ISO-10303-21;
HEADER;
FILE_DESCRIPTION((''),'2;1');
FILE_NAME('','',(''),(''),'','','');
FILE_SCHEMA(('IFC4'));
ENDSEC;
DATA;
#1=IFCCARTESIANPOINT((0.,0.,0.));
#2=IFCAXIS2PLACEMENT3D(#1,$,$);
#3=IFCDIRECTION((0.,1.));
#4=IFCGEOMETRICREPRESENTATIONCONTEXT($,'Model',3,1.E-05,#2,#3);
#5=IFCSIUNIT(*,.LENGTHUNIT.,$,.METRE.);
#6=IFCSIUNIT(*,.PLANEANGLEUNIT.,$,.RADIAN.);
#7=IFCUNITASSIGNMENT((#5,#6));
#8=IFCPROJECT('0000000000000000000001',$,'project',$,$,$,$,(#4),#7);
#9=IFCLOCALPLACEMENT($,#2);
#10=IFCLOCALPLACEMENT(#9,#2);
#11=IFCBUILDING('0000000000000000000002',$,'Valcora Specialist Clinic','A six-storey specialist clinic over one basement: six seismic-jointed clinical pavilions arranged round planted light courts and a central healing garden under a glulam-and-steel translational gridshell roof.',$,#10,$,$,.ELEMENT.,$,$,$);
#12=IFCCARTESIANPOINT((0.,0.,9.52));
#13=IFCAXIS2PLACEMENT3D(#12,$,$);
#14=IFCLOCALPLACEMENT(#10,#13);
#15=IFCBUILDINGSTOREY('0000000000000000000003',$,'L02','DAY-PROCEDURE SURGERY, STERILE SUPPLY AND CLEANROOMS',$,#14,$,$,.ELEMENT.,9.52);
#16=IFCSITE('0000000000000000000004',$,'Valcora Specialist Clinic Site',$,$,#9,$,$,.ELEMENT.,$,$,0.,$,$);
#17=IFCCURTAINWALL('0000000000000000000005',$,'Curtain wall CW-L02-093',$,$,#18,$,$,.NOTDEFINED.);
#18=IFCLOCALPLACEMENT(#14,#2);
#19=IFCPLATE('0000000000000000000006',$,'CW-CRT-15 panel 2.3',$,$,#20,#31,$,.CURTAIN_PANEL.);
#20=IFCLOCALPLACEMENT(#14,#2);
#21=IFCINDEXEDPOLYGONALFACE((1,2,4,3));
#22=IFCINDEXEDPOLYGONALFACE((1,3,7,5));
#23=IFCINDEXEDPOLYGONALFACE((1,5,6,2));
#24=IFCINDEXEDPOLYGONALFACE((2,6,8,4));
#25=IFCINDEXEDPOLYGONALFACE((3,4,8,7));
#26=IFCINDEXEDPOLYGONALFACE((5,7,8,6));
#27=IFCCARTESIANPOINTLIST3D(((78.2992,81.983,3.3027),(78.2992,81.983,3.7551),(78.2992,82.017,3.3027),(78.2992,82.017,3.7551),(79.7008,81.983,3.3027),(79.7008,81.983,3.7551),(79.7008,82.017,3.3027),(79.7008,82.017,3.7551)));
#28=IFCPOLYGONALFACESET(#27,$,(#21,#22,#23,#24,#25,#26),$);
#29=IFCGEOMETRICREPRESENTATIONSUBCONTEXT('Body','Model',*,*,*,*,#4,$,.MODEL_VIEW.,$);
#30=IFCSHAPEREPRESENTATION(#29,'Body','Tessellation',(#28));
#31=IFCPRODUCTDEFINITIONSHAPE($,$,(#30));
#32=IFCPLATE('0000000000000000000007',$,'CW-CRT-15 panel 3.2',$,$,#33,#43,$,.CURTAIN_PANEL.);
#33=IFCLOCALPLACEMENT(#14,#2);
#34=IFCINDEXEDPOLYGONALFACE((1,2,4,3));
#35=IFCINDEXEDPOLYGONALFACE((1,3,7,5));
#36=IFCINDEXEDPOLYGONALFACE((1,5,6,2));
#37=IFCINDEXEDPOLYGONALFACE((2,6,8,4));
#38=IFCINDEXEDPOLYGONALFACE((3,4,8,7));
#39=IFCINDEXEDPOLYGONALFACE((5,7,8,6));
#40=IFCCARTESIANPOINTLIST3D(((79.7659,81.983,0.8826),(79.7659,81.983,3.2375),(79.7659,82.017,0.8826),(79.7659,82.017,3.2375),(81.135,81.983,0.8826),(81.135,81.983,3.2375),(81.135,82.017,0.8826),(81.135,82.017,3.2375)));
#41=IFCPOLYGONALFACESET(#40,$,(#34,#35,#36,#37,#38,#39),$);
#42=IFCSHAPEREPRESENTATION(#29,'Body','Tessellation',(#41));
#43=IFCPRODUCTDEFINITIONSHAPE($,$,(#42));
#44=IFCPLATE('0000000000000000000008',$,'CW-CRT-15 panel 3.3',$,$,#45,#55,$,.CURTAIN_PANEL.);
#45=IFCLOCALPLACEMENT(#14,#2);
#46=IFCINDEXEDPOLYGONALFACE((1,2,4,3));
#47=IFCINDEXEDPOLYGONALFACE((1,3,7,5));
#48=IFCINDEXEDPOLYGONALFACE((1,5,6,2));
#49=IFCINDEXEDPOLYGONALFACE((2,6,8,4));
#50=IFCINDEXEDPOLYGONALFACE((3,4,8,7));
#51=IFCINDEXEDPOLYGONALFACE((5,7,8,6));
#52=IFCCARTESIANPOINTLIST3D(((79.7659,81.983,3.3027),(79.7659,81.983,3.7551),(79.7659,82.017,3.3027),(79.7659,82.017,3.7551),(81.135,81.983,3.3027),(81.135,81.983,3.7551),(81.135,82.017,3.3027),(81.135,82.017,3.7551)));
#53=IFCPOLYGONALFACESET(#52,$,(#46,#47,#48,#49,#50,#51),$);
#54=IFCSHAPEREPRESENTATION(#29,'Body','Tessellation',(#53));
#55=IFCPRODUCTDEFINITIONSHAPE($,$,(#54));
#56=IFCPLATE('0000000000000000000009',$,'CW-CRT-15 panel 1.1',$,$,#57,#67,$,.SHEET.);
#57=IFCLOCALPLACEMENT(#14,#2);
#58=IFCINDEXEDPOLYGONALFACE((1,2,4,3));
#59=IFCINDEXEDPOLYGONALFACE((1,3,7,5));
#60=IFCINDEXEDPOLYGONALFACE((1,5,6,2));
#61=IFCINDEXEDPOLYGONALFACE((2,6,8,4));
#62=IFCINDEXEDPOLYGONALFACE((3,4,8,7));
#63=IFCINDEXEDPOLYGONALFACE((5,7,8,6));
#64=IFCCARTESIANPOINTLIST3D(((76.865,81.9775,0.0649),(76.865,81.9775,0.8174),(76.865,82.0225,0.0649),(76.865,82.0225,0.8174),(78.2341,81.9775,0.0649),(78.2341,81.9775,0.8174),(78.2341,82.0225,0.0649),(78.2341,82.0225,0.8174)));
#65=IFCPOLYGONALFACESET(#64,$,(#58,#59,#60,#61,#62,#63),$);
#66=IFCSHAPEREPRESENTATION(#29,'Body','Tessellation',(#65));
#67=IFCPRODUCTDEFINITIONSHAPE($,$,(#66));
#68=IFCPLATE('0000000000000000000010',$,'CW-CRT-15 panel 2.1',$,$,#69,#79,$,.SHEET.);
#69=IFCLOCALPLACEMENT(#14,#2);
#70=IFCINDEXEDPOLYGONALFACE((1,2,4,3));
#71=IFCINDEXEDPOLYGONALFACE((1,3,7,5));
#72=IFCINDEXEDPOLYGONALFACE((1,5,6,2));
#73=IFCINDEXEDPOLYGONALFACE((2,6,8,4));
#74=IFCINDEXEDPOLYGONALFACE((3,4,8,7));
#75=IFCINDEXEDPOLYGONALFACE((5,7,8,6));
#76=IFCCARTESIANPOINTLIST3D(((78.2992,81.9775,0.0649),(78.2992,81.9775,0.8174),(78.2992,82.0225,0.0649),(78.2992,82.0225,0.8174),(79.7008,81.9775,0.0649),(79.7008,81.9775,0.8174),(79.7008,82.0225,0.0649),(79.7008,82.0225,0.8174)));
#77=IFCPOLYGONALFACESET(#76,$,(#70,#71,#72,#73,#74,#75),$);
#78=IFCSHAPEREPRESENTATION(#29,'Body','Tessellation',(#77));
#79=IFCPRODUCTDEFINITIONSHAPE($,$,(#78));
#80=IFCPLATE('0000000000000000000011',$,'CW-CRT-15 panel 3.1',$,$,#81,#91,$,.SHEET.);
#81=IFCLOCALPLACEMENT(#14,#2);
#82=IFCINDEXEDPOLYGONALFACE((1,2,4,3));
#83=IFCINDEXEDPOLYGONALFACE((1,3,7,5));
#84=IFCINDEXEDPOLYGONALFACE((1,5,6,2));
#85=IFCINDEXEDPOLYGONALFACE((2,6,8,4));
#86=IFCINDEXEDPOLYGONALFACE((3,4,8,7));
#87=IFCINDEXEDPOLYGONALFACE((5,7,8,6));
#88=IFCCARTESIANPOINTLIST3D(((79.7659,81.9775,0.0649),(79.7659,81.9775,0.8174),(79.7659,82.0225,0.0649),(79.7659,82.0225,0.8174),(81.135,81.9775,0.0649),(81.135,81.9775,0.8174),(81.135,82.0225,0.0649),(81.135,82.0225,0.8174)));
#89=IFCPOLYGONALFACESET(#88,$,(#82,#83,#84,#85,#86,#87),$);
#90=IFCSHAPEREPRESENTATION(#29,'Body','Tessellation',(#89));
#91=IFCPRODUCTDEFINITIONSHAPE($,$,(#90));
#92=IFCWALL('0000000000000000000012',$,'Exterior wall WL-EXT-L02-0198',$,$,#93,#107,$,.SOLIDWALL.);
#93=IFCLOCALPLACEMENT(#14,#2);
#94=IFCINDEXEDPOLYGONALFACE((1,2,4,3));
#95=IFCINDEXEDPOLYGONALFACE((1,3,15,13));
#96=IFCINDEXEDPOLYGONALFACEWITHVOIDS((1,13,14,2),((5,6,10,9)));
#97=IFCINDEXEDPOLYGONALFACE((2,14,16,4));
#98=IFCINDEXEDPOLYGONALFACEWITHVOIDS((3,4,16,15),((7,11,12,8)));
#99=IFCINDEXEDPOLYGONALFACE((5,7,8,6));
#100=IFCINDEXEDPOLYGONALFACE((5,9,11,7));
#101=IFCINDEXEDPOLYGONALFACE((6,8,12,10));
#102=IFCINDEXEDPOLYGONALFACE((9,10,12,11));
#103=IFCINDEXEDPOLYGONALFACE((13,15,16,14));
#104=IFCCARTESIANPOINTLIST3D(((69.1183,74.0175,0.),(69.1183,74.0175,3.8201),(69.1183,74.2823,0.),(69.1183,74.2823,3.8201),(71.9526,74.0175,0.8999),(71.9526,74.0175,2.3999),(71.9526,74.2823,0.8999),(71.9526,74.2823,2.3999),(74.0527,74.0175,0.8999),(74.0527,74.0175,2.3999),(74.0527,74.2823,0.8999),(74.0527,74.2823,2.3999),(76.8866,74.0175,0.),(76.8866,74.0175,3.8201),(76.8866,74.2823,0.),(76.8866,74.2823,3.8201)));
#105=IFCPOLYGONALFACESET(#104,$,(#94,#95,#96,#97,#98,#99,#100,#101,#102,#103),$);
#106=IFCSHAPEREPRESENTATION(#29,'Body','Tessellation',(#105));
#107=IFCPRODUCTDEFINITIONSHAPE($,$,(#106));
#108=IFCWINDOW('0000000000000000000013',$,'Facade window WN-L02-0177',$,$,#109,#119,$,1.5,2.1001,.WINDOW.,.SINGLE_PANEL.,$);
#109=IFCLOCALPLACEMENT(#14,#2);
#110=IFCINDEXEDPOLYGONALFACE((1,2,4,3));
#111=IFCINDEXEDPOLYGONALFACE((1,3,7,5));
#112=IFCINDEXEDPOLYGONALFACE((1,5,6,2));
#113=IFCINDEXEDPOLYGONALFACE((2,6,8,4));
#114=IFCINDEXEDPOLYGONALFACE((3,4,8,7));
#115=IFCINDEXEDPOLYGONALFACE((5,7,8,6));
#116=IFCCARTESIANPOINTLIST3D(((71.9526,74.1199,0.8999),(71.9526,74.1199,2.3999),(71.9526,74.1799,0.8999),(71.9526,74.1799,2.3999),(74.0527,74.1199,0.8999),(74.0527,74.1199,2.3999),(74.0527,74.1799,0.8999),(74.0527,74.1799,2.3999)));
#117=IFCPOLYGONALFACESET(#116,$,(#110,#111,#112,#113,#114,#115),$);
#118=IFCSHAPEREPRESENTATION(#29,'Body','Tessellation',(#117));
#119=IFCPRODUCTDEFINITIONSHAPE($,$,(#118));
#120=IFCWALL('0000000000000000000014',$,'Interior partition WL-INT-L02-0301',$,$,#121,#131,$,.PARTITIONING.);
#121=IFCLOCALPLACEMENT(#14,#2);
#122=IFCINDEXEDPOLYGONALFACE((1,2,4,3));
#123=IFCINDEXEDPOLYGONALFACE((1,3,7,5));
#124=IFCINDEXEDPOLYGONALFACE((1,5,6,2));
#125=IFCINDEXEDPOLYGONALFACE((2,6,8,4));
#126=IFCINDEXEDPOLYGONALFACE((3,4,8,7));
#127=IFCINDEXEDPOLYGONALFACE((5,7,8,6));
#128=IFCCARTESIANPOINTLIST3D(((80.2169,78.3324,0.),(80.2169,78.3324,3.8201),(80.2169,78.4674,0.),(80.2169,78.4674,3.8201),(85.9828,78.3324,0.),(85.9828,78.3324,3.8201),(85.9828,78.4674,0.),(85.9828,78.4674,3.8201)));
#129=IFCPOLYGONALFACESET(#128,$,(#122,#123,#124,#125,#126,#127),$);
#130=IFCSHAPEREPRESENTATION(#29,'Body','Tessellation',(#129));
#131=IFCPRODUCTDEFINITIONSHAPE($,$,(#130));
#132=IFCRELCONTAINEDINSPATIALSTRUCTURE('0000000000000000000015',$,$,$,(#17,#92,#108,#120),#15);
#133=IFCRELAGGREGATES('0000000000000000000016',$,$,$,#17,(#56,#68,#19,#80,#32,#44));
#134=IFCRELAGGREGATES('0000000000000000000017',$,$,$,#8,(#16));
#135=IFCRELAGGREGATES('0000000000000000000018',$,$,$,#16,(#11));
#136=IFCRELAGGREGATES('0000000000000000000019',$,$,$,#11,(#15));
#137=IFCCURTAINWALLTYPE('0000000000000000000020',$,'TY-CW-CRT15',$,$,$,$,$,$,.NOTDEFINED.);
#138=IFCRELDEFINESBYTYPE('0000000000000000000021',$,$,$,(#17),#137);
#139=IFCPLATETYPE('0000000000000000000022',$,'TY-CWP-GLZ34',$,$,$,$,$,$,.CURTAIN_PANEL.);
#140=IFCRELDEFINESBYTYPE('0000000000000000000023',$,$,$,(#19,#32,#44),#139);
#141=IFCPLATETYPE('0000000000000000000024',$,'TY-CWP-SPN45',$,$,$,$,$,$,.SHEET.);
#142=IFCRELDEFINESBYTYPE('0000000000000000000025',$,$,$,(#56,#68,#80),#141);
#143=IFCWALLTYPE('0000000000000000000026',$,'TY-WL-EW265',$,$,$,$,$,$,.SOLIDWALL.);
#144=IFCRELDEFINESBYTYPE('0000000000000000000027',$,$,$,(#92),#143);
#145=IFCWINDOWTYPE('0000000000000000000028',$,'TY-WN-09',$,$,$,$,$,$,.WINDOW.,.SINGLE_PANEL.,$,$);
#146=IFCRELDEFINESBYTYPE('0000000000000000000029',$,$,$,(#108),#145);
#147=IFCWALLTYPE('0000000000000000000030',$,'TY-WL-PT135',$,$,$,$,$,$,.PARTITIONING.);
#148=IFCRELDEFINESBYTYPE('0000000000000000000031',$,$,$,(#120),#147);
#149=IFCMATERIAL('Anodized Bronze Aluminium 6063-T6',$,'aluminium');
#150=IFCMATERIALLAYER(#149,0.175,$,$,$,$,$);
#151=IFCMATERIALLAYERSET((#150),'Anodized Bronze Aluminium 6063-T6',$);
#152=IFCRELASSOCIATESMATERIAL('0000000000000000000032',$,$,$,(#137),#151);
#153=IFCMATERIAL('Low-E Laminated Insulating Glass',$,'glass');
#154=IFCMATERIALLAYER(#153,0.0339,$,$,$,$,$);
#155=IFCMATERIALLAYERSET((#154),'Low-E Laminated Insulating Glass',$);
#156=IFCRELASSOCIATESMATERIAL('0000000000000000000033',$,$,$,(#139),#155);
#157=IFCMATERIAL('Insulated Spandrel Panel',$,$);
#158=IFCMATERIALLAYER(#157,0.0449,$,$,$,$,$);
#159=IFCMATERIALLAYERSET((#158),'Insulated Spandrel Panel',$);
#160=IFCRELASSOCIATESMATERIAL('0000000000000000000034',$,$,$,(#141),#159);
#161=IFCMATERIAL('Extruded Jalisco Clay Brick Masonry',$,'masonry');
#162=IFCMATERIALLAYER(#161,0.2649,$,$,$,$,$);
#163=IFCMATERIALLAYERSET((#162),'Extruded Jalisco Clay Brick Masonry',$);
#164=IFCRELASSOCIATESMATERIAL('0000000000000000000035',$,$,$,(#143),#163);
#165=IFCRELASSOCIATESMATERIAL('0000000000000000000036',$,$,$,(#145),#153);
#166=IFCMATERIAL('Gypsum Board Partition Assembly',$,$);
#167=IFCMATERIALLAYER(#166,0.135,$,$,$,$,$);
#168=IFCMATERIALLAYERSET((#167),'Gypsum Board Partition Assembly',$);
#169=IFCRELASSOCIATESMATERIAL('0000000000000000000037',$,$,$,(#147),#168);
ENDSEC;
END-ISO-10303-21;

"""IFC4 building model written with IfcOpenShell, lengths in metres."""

from ifc_helpers import new_model, si_unit, direction, frame, frame_2d, origin, origin_2d, place, context, subcontext, project, spatial, rectangle, extrude, material, layer, layer_set, type_object, element, fill, aggregate, save


model = new_model("IFC4")

# Units and contexts
model_context = context("Model", 3, precision=1e-05, world=origin(), true_north=direction((0.0, 1.0)))
body_context = subcontext(model_context, "Body", "Model", "MODEL_VIEW")
ifc_project = project(units=[si_unit("LENGTHUNIT", "METRE"), si_unit("PLANEANGLEUNIT", "RADIAN")], contexts=[model_context])

# Site, building, storey
site_placement = place(None, origin())
site = spatial("IfcSite", under=ifc_project, at=site_placement, Name="Valcora Specialist Clinic Site", CompositionType="ELEMENT", RefElevation=0.0)
building_placement = place(site_placement, origin())
building = spatial("IfcBuilding", under=site, at=building_placement, Name="Valcora Specialist Clinic", Description="A six-storey specialist clinic over one basement: six seismic-jointed clinical pavilions arranged round planted light courts and a central healing garden under a glulam-and-steel translational gridshell roof.", CompositionType="ELEMENT")
storey_placement = place(building_placement, frame((0.0, 0.0, 9.52)))
storey = spatial("IfcBuildingStorey", under=building, at=storey_placement, Name="L02", Description="DAY-PROCEDURE SURGERY, STERILE SUPPLY AND CLEANROOMS", CompositionType="ELEMENT", Elevation=9.52)

# Curtain wall
ifc_material_1 = material(Name="Anodized Bronze Aluminium 6063-T6", Category="aluminium")
ifc_layer_1 = layer(ifc_material_1, 0.175)
ifc_layer_set_1 = layer_set([ifc_layer_1], Name="Anodized Bronze Aluminium 6063-T6")
curtain_wall_type = type_object("IfcCurtainWallType", Name="TY-CW-CRT15", PredefinedType="NOTDEFINED", material=ifc_layer_set_1)
curtain_wall_1_placement = place(storey_placement, origin())
curtain_wall_1 = element("IfcCurtainWall", 1, at=curtain_wall_1_placement, inside=storey, type_object=curtain_wall_type, Name="Curtain wall CW-L02-093", PredefinedType="NOTDEFINED")

# Plates
ifc_material_2 = material(Name="Low-E Laminated Insulating Glass", Category="glass")
ifc_layer_2 = layer(ifc_material_2, 0.0339)
ifc_layer_set_2 = layer_set([ifc_layer_2], Name="Low-E Laminated Insulating Glass")
plate_type_1 = type_object("IfcPlateType", Name="TY-CWP-GLZ34", PredefinedType="CURTAIN_PANEL", material=ifc_layer_set_2)
plate_1_placement = place(storey_placement, frame((79.0, 82.0, 3.3027), z_axis=(0.0, 0.0, 1.0), x_axis=(1.0, 0.0, 0.0)))
plate_1 = element("IfcPlate", 2, at=plate_1_placement, type_object=plate_type_1, Name="CW-CRT-15 panel 2.3", PredefinedType="CURTAIN_PANEL", context=body_context, shape_type="SweptSolid", body=[
    extrude(rectangle(XDim=1.4016, YDim=0.0339, at=origin_2d()), origin(), (0.0, 0.0, 1.0), 0.4524),
])
plate_2_placement = place(storey_placement, frame((80.4504, 82.0, 0.8826), z_axis=(0.0, 0.0, 1.0), x_axis=(1.0, 0.0, 0.0)))
plate_2 = element("IfcPlate", 3, at=plate_2_placement, type_object=plate_type_1, Name="CW-CRT-15 panel 3.2", PredefinedType="CURTAIN_PANEL", context=body_context, shape_type="SweptSolid", body=[
    extrude(rectangle(XDim=1.3691, YDim=0.0339, at=origin_2d()), origin(), (0.0, 0.0, 1.0), 2.355),
])
plate_3_placement = place(storey_placement, frame((80.4504, 82.0, 3.3027), z_axis=(0.0, 0.0, 1.0), x_axis=(1.0, 0.0, 0.0)))
plate_3 = element("IfcPlate", 4, at=plate_3_placement, type_object=plate_type_1, Name="CW-CRT-15 panel 3.3", PredefinedType="CURTAIN_PANEL", context=body_context, shape_type="SweptSolid", body=[
    extrude(rectangle(XDim=1.3691, YDim=0.0339, at=origin_2d()), origin(), (0.0, 0.0, 1.0), 0.4524),
])
ifc_material_3 = material(Name="Insulated Spandrel Panel")
ifc_layer_3 = layer(ifc_material_3, 0.0449)
ifc_layer_set_3 = layer_set([ifc_layer_3], Name="Insulated Spandrel Panel")
plate_type_2 = type_object("IfcPlateType", Name="TY-CWP-SPN45", PredefinedType="SHEET", material=ifc_layer_set_3)
plate_4_placement = place(storey_placement, frame((77.5496, 82.0, 0.0649), z_axis=(0.0, 0.0, 1.0), x_axis=(1.0, 0.0, 0.0)))
plate_4 = element("IfcPlate", 5, at=plate_4_placement, type_object=plate_type_2, Name="CW-CRT-15 panel 1.1", PredefinedType="SHEET", context=body_context, shape_type="SweptSolid", body=[
    extrude(rectangle(XDim=1.3691, YDim=0.0449, at=origin_2d()), origin(), (0.0, 0.0, 1.0), 0.7524),
])
plate_5_placement = place(storey_placement, frame((79.0, 82.0, 0.0649), z_axis=(0.0, 0.0, 1.0), x_axis=(1.0, 0.0, 0.0)))
plate_5 = element("IfcPlate", 6, at=plate_5_placement, type_object=plate_type_2, Name="CW-CRT-15 panel 2.1", PredefinedType="SHEET", context=body_context, shape_type="SweptSolid", body=[
    extrude(rectangle(XDim=1.4016, YDim=0.0449, at=origin_2d()), origin(), (0.0, 0.0, 1.0), 0.7524),
])
plate_6_placement = place(storey_placement, frame((80.4504, 82.0, 0.0649), z_axis=(0.0, 0.0, 1.0), x_axis=(1.0, 0.0, 0.0)))
plate_6 = element("IfcPlate", 7, at=plate_6_placement, type_object=plate_type_2, Name="CW-CRT-15 panel 3.1", PredefinedType="SHEET", context=body_context, shape_type="SweptSolid", body=[
    extrude(rectangle(XDim=1.3691, YDim=0.0449, at=origin_2d()), origin(), (0.0, 0.0, 1.0), 0.7524),
])
aggregate(curtain_wall_1, [plate_4, plate_5, plate_1, plate_6, plate_2, plate_3])

# Wall, opening, window
ifc_material_4 = material(Name="Extruded Jalisco Clay Brick Masonry", Category="masonry")
ifc_layer_4 = layer(ifc_material_4, 0.2649)
ifc_layer_set_4 = layer_set([ifc_layer_4], Name="Extruded Jalisco Clay Brick Masonry")
wall_type_1 = type_object("IfcWallType", Name="TY-WL-EW265", PredefinedType="SOLIDWALL", material=ifc_layer_set_4)
wall_1_placement = place(storey_placement, frame((76.8867, 74.1499, 0.0), z_axis=(0.0, 0.0, 1.0), x_axis=(-1.0, 0.0, 0.0)))
wall_1 = element("IfcWall", 8, at=wall_1_placement, inside=storey, type_object=wall_type_1, Name="Exterior wall WL-EXT-L02-0198", PredefinedType="SOLIDWALL", context=body_context, shape_type="SweptSolid", body=[
    extrude(rectangle(XDim=7.7683, YDim=0.2649, at=frame_2d((3.8843, 0.0))), origin(), (0.0, 0.0, 1.0), 3.8201),
])
opening_placement = place(wall_1_placement, frame((2.834, 0.0, 0.8999)))
opening = element("IfcOpeningElement", 9, at=opening_placement, cuts=wall_1, PredefinedType="OPENING", context=body_context, shape_type="SweptSolid", body=[
    extrude(rectangle(XDim=2.1001, YDim=1.5, at=frame_2d((1.05, 0.75))), frame((0.0, 0.1423, 0.0), z_axis=(0.0, -1.0, 0.0), x_axis=(1.0, 0.0, 0.0)), (0.0, 0.0, 1.0), 0.2849),
])
window_type = type_object("IfcWindowType", Name="TY-WN-09", PartitioningType="SINGLE_PANEL", PredefinedType="WINDOW", material=ifc_material_2)
window_placement = place(opening_placement, origin())
window = element("IfcWindow", 10, at=window_placement, inside=storey, type_object=window_type, Name="Facade window WN-L02-0177", OverallHeight=1.5, OverallWidth=2.1001, PartitioningType="SINGLE_PANEL", PredefinedType="WINDOW", context=body_context, shape_type="SweptSolid", body=[
    extrude(rectangle(XDim=2.1001, YDim=1.5, at=frame_2d((1.05, 0.75))), frame((0.0, 0.03, 0.0), z_axis=(0.0, -1.0, 0.0), x_axis=(1.0, 0.0, 0.0)), (0.0, 0.0, 1.0), 0.0601),
])
fill(opening, window)

# Wall
ifc_material_5 = material(Name="Gypsum Board Partition Assembly")
ifc_layer_5 = layer(ifc_material_5, 0.135)
ifc_layer_set_5 = layer_set([ifc_layer_5], Name="Gypsum Board Partition Assembly")
wall_type_2 = type_object("IfcWallType", Name="TY-WL-PT135", PredefinedType="PARTITIONING", material=ifc_layer_set_5)
wall_2_placement = place(storey_placement, frame((80.217, 78.3999, 0.0), z_axis=(0.0, 0.0, 1.0), x_axis=(1.0, 0.0, 0.0)))
element("IfcWall", 11, at=wall_2_placement, inside=storey, type_object=wall_type_2, Name="Interior partition WL-INT-L02-0301", PredefinedType="PARTITIONING", context=body_context, shape_type="SweptSolid", body=[
    extrude(rectangle(XDim=5.7659, YDim=0.135, at=frame_2d((2.8828, 0.0))), origin(), (0.0, 0.0, 1.0), 3.8201),
])

save(model, "model.ifc")
